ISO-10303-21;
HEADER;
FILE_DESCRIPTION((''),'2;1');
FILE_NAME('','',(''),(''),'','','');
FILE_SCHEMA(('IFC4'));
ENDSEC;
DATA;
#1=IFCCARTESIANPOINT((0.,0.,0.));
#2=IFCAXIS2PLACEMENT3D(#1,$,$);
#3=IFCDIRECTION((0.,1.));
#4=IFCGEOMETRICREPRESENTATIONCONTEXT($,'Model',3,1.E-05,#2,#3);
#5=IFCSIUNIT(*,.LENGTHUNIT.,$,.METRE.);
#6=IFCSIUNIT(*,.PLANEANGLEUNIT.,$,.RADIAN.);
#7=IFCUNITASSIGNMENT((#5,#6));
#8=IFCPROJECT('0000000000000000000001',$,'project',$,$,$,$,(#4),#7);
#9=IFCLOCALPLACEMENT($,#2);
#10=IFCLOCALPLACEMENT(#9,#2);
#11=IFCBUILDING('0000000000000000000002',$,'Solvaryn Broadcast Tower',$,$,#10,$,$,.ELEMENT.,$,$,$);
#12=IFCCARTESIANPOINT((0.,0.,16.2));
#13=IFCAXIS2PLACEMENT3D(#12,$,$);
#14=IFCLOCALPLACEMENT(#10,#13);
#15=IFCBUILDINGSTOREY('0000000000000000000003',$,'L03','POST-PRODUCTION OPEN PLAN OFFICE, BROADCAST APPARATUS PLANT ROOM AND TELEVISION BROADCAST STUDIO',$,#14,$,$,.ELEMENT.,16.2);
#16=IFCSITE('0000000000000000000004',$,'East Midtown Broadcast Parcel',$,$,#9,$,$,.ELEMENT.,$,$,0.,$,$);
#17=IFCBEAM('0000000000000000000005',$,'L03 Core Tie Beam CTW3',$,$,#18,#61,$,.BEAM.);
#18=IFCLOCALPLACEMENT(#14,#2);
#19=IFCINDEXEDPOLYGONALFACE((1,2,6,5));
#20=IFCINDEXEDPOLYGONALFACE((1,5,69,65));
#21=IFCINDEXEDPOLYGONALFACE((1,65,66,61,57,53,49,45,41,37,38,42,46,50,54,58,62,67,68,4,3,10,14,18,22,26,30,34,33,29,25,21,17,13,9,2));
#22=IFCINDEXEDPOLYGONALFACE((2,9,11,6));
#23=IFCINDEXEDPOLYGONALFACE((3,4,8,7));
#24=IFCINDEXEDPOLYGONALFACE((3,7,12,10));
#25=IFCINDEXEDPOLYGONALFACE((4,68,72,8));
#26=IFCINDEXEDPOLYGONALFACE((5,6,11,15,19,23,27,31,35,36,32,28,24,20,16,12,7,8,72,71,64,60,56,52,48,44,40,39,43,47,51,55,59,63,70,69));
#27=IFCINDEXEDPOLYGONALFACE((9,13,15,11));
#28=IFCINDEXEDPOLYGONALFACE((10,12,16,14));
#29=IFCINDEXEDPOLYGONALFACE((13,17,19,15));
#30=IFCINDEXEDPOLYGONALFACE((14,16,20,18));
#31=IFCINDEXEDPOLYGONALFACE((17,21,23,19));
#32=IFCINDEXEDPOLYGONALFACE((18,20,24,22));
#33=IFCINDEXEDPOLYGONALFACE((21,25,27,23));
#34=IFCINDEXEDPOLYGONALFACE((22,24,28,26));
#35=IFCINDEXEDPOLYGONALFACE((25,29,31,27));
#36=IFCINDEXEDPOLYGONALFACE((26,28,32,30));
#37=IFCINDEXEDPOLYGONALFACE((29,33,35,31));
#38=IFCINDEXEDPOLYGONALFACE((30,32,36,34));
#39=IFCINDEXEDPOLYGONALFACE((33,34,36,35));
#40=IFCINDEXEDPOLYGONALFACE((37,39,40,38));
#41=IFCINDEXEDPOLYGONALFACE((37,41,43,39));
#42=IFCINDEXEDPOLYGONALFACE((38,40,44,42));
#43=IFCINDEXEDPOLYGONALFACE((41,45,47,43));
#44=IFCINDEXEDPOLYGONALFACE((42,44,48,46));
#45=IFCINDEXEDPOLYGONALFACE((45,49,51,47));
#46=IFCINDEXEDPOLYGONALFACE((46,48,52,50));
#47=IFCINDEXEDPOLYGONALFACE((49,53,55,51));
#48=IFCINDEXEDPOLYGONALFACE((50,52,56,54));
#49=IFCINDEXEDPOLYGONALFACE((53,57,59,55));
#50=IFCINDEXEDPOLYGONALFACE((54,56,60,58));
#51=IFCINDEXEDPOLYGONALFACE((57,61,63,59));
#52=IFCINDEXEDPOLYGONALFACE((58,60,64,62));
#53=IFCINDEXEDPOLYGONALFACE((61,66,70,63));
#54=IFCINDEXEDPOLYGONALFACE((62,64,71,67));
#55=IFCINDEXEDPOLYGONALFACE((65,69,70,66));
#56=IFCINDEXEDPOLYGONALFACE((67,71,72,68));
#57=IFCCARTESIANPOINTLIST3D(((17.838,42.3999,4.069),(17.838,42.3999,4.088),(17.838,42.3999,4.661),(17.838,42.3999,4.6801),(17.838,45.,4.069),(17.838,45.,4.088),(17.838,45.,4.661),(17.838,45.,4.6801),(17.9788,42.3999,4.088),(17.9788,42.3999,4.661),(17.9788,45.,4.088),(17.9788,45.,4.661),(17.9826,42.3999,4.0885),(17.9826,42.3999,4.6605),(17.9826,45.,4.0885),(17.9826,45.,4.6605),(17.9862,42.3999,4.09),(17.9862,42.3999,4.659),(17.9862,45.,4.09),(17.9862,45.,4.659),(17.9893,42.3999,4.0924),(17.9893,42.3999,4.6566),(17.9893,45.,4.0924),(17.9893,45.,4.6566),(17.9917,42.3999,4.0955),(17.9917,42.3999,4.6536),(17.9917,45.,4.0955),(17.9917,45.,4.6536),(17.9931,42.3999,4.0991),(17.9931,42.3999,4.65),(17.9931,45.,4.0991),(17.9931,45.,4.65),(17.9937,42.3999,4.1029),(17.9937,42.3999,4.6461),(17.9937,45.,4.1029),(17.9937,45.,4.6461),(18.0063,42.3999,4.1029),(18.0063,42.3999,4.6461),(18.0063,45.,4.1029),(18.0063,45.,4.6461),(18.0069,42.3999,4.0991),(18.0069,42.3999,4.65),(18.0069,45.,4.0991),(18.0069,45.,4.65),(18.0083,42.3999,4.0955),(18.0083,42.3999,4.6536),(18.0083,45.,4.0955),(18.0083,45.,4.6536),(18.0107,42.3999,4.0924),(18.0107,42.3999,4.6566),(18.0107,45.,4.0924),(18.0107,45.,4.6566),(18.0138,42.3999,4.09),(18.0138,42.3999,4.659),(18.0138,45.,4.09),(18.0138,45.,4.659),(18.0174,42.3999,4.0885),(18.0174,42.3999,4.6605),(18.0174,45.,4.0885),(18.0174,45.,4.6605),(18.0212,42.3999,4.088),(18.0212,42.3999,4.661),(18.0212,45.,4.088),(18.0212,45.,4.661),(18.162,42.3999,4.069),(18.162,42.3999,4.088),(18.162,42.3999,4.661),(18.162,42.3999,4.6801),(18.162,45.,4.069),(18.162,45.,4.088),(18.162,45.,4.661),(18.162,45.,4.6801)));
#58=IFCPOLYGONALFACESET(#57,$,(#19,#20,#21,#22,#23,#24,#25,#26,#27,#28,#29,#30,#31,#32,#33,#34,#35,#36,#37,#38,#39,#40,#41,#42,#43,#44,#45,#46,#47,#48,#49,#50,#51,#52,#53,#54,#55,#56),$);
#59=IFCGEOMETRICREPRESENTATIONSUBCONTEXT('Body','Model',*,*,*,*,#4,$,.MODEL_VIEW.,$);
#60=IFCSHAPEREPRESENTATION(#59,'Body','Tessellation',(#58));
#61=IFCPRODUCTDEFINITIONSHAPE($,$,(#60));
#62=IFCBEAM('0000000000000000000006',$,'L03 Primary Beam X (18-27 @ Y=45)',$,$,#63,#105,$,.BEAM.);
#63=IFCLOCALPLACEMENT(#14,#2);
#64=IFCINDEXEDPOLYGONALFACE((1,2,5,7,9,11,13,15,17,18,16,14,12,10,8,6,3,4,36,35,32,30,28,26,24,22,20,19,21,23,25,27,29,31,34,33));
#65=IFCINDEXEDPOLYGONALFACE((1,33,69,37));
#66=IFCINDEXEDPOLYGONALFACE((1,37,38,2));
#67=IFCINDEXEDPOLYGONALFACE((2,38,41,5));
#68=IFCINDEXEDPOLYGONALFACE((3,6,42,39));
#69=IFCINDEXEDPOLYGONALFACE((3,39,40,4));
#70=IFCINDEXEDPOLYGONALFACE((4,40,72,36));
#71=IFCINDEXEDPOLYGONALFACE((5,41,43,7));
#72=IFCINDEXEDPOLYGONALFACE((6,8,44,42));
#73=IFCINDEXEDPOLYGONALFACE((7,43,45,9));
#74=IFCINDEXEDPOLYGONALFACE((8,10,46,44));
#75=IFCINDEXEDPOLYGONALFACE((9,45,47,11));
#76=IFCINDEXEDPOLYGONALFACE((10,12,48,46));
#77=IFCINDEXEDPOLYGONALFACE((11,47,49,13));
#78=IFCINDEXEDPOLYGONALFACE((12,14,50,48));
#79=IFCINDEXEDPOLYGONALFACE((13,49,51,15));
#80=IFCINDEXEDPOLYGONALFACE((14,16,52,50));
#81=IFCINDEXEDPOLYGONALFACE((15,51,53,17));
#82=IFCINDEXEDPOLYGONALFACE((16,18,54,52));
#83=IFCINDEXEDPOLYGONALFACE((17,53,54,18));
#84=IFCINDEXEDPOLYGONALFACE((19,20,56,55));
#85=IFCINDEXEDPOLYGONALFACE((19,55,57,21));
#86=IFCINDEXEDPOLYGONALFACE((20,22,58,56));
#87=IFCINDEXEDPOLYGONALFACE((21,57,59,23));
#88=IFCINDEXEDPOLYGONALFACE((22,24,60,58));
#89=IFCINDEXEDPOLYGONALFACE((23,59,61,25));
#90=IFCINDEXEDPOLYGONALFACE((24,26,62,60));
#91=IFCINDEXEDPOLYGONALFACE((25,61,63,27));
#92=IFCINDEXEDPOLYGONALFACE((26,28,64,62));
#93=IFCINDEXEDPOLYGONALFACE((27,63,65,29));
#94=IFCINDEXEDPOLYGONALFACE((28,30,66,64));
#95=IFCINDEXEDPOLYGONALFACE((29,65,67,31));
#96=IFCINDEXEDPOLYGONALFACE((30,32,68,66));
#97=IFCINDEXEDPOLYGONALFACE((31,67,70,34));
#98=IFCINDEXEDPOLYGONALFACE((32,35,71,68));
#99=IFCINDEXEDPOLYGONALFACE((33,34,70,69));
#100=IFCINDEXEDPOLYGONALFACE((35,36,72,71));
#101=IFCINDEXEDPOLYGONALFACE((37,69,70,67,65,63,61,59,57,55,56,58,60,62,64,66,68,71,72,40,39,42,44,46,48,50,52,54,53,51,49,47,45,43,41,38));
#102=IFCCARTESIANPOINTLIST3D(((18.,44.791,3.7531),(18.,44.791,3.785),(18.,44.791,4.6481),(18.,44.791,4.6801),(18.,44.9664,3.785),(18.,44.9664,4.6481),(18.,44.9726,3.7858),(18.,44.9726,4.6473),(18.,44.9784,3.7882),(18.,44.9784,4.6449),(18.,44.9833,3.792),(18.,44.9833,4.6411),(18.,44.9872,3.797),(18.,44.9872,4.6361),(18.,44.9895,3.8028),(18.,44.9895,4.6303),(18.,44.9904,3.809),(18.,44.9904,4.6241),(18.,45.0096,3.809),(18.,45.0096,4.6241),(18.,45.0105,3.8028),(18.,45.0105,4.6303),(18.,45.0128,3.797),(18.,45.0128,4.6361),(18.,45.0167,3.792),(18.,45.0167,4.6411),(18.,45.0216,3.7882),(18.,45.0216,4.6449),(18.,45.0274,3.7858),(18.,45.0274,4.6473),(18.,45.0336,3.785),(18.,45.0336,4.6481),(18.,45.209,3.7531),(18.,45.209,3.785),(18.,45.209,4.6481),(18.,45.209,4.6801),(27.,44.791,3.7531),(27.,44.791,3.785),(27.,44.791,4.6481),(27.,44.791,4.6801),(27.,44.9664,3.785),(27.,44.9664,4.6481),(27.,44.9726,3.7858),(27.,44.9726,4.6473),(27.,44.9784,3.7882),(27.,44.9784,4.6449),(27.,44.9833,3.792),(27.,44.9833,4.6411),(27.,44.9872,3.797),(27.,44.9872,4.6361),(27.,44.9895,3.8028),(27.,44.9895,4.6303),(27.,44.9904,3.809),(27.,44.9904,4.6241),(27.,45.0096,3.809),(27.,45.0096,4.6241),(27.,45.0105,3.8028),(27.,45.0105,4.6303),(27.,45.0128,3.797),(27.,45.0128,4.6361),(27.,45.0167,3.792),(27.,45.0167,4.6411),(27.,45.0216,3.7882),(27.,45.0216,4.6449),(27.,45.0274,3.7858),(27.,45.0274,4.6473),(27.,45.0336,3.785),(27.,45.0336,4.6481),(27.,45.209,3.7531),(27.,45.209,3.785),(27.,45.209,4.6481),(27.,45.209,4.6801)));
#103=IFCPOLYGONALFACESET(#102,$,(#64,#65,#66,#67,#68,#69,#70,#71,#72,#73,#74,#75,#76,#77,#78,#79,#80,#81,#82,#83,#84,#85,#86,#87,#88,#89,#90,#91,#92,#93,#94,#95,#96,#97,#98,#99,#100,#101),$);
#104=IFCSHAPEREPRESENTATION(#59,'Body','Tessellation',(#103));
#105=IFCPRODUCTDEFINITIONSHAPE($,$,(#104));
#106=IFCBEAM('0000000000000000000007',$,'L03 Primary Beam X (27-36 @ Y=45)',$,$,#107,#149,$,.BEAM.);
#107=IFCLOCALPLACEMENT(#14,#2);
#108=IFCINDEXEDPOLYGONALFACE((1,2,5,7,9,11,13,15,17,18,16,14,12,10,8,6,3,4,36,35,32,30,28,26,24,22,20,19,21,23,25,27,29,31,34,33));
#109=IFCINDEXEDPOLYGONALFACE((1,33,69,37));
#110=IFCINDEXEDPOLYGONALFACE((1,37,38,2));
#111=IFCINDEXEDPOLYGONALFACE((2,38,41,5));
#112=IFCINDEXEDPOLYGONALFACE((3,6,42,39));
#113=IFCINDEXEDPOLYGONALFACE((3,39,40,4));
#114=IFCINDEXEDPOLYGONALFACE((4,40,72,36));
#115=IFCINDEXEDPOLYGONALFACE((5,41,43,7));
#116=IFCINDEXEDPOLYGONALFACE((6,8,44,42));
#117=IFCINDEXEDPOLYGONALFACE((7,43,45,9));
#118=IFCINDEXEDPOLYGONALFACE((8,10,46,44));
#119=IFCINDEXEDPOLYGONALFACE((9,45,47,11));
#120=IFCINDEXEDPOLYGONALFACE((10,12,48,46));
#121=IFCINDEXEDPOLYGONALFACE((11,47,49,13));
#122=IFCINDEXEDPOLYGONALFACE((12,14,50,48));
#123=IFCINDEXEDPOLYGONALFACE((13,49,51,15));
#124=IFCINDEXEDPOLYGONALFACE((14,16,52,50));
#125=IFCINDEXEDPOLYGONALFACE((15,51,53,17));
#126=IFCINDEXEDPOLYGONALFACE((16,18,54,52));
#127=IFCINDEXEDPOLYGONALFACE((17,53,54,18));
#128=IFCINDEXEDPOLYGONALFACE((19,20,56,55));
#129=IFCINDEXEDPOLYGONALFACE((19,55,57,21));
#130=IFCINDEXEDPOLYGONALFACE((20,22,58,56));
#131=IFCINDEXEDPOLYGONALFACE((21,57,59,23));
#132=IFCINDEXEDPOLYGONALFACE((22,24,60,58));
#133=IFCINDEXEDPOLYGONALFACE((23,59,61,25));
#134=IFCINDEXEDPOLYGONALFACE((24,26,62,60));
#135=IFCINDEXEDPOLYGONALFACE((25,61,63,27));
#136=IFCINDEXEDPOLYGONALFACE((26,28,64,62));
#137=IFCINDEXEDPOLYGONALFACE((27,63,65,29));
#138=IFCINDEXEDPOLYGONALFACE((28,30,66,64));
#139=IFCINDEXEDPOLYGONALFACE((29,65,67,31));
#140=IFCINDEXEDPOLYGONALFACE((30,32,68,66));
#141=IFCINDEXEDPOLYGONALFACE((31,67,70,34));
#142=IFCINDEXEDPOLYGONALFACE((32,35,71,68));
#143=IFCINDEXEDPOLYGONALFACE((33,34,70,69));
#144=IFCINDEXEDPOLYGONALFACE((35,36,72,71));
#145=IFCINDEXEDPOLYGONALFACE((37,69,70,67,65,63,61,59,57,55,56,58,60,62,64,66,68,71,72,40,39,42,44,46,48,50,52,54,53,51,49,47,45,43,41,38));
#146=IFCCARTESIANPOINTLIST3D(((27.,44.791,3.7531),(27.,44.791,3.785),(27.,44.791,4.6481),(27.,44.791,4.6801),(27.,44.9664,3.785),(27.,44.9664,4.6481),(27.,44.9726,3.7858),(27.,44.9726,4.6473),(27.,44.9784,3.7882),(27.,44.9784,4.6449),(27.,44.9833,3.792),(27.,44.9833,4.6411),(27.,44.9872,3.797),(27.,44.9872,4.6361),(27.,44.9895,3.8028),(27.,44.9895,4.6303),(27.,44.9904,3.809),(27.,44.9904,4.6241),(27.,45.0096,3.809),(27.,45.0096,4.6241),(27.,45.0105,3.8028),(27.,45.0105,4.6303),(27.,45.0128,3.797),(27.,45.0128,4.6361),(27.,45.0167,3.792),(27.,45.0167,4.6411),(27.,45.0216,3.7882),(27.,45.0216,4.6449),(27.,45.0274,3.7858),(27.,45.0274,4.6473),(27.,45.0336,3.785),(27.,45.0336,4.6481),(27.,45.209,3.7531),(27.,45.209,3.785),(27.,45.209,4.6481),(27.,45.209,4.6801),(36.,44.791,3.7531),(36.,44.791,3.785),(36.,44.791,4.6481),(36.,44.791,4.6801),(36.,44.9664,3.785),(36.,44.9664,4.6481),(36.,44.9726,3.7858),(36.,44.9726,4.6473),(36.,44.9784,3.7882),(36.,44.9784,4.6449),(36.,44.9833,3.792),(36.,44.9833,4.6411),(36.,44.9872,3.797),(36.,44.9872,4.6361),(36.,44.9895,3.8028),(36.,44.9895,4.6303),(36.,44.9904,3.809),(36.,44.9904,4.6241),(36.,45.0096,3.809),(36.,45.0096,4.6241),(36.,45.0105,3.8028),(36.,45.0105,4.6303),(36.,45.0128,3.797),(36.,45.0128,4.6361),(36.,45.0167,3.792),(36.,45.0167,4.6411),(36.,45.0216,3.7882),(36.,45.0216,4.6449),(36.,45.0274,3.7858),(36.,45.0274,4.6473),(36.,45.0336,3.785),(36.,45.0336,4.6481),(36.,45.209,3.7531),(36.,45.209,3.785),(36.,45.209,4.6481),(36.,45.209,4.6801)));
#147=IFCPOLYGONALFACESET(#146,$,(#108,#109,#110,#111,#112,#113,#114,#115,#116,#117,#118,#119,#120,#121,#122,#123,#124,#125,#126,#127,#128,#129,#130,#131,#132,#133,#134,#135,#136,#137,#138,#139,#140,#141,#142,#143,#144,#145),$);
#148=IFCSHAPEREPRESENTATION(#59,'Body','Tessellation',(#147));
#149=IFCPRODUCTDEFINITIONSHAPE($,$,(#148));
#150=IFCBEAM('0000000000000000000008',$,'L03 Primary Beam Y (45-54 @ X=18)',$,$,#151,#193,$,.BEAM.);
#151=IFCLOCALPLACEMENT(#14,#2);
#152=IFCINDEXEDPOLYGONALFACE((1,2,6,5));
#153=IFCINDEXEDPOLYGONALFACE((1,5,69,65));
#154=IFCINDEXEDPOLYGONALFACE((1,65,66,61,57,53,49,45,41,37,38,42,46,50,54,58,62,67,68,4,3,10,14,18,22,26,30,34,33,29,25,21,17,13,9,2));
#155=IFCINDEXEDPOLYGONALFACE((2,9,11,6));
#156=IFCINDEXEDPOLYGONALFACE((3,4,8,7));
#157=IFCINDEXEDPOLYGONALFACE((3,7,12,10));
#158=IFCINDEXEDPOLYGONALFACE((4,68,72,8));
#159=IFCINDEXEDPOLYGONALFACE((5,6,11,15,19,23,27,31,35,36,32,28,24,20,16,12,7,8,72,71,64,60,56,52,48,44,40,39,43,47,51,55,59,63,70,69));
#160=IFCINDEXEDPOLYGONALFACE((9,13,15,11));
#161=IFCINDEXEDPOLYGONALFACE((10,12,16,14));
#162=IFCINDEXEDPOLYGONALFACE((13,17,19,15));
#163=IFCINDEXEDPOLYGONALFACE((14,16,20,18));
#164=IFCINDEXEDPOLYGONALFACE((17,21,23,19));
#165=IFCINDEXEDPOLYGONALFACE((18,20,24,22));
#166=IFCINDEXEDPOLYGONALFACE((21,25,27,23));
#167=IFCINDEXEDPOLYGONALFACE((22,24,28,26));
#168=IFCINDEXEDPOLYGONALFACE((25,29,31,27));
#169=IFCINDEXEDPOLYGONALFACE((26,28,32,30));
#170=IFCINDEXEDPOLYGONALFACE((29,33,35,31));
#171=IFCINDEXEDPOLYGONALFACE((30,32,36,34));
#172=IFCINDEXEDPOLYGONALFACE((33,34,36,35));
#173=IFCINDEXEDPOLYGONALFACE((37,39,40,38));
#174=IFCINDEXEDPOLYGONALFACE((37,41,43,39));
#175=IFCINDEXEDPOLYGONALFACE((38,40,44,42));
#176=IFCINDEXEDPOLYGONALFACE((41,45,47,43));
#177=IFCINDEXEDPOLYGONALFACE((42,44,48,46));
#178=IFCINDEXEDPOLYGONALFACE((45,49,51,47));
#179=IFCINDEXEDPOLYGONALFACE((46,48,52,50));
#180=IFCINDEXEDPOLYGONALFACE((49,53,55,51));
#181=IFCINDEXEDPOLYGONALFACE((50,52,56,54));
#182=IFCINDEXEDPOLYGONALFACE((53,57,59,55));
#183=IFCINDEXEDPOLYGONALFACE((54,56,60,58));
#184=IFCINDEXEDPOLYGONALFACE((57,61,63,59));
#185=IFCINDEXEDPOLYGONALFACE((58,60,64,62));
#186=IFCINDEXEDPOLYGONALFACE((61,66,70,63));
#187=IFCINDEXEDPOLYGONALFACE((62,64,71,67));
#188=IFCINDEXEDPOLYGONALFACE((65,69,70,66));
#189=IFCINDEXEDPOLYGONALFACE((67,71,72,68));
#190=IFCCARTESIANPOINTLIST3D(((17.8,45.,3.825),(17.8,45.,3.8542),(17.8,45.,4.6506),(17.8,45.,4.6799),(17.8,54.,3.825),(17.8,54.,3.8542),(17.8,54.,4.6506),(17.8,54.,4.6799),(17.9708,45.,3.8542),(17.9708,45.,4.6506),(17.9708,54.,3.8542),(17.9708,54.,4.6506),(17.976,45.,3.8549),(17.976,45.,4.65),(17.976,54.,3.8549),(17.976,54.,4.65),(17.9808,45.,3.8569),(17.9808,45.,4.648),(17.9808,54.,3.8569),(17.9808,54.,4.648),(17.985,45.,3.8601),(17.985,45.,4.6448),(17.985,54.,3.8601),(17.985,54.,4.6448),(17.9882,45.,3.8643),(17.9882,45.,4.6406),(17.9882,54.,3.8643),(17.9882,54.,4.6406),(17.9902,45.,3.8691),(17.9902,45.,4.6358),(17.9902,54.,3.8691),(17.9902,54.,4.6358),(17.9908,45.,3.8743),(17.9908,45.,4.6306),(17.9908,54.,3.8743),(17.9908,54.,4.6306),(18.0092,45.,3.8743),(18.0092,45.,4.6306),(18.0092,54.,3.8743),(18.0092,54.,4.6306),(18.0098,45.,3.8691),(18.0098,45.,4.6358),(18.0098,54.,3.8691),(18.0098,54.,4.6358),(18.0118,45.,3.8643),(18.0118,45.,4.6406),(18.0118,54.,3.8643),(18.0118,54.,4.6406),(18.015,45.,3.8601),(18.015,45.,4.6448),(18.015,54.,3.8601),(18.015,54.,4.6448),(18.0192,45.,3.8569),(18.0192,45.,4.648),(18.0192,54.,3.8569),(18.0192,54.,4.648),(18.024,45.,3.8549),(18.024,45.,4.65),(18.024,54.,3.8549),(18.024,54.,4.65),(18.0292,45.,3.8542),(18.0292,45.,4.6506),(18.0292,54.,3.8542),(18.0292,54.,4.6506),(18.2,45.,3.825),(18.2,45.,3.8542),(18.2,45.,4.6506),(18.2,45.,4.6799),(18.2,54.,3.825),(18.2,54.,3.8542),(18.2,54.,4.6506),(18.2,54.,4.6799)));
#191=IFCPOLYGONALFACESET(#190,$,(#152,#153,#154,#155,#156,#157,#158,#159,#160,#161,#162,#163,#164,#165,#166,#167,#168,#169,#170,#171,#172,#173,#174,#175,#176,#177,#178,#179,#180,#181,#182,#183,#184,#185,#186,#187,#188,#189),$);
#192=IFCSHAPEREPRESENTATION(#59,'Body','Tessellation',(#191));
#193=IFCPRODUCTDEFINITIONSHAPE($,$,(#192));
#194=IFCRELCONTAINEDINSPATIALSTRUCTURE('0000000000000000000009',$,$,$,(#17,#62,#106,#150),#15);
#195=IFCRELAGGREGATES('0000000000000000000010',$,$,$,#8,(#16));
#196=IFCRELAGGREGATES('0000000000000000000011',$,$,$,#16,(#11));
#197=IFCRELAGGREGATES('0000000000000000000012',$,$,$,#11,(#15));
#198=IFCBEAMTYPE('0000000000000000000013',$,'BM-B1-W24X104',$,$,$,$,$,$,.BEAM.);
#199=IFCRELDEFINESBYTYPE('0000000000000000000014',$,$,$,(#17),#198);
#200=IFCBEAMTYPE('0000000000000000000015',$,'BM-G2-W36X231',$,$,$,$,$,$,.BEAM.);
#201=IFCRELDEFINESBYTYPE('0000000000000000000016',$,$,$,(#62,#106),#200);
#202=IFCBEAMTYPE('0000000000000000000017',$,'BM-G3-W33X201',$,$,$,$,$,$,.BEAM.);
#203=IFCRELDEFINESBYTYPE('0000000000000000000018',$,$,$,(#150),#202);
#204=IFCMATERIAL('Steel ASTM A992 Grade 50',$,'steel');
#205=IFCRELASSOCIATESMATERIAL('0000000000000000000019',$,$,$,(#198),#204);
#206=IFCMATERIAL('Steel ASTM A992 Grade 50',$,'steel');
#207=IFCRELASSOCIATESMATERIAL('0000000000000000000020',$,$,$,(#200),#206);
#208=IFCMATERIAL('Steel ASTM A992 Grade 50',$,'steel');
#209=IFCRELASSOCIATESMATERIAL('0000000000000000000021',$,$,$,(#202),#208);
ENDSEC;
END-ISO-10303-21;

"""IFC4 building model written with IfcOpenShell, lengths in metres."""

from ifc_helpers import new_model, si_unit, direction, frame, origin, origin_2d, place, context, subcontext, project, spatial, i_section, extrude, material, material_profile, profile_set, type_object, element, save


model = new_model("IFC4")

# Units and contexts
model_context = context("Model", 3, precision=1e-05, world=origin(), true_north=direction((0.0, 1.0)))
body_context = subcontext(model_context, "Body", "Model", "MODEL_VIEW")
ifc_project = project(units=[si_unit("LENGTHUNIT", "METRE"), si_unit("PLANEANGLEUNIT", "RADIAN")], contexts=[model_context])

# Site, building, storey
site_placement = place(None, origin())
site = spatial("IfcSite", under=ifc_project, at=site_placement, Name="East Midtown Broadcast Parcel", CompositionType="ELEMENT", RefElevation=0.0)
building_placement = place(site_placement, origin())
building = spatial("IfcBuilding", under=site, at=building_placement, Name="Solvaryn Broadcast Tower", CompositionType="ELEMENT")
storey_placement = place(building_placement, frame((0.0, 0.0, 16.2)))
storey = spatial("IfcBuildingStorey", under=building, at=storey_placement, Name="L03", Description="POST-PRODUCTION OPEN PLAN OFFICE, BROADCAST APPARATUS PLANT ROOM AND TELEVISION BROADCAST STUDIO", CompositionType="ELEMENT", Elevation=16.2)

# Beams
ifc_material_1 = material(Name="Steel ASTM A992 Grade 50", Category="steel")
ifc_material_profile_1 = material_profile(ifc_material_1, i_section(OverallWidth=0.324, OverallDepth=0.6111, WebThickness=0.0127, FlangeThickness=0.019, FilletRadius=0.0149, at=origin_2d()))
ifc_profile_set_1 = profile_set([ifc_material_profile_1], Name="Steel ASTM A992 Grade 50")
beam_type_1 = type_object("IfcBeamType", Name="BM-B1-W24X104", PredefinedType="BEAM", material=ifc_profile_set_1)
beam_placement = place(storey_placement, frame((18.0, 42.3999, 4.3745), z_axis=(0.0, 1.0, 0.0), x_axis=(-1.0, 0.0, 0.0)))
element("IfcBeam", 1, at=beam_placement, inside=storey, type_object=beam_type_1, Name="L03 Core Tie Beam CTW3", PredefinedType="BEAM", context=body_context, shape_type="SweptSolid", body=[
    extrude(i_section(OverallWidth=0.324, OverallDepth=0.6111, WebThickness=0.0127, FlangeThickness=0.019, FilletRadius=0.0149, at=origin_2d()), origin(), (0.0, 0.0, 1.0), 2.6001),
])
ifc_material_2 = material(Name="Steel ASTM A992 Grade 50", Category="steel")
ifc_material_profile_2 = material_profile(ifc_material_2, i_section(OverallWidth=0.418, OverallDepth=0.927, WebThickness=0.0193, FlangeThickness=0.032, FilletRadius=0.0239, at=origin_2d()))
ifc_profile_set_2 = profile_set([ifc_material_profile_2], Name="Steel ASTM A992 Grade 50")
beam_type_2 = type_object("IfcBeamType", Name="BM-G2-W36X231", PredefinedType="BEAM", material=ifc_profile_set_2)
for number, where, z_axis, x_axis, name in (
    (2, (18.0, 45.0, 4.2166), (1.0, 0.0, 0.0), (0.0, 1.0, 0.0), "L03 Primary Beam X (18-27 @ Y=45)"),
    (3, (27.0, 45.0, 4.2166), (1.0, 0.0, 0.0), (0.0, 1.0, 0.0), "L03 Primary Beam X (27-36 @ Y=45)"),
):
    element("IfcBeam", number, at=place(storey_placement, frame(where, z_axis=z_axis, x_axis=x_axis)), inside=storey, type_object=beam_type_2, Name=name, PredefinedType="BEAM", context=body_context, shape_type="SweptSolid", body=[
        extrude(i_section(OverallWidth=0.418, OverallDepth=0.927, WebThickness=0.0193, FlangeThickness=0.032, FilletRadius=0.0239, at=origin_2d()), origin(), (0.0, 0.0, 1.0), 9.0),
    ])
ifc_material_3 = material(Name="Steel ASTM A992 Grade 50", Category="steel")
ifc_material_profile_3 = material_profile(ifc_material_3, i_section(OverallWidth=0.3999, OverallDepth=0.855, WebThickness=0.0183, FlangeThickness=0.0293, FilletRadius=0.02, at=origin_2d()))
ifc_profile_set_3 = profile_set([ifc_material_profile_3], Name="Steel ASTM A992 Grade 50")
beam_type_3 = type_object("IfcBeamType", Name="BM-G3-W33X201", PredefinedType="BEAM", material=ifc_profile_set_3)
for number, where, z_axis, x_axis, name in (
    (4, (18.0, 45.0, 4.2524), (0.0, 1.0, 0.0), (-1.0, 0.0, 0.0), "L03 Primary Beam Y (45-54 @ X=18)"),
):
    element("IfcBeam", number, at=place(storey_placement, frame(where, z_axis=z_axis, x_axis=x_axis)), inside=storey, type_object=beam_type_3, Name=name, PredefinedType="BEAM", context=body_context, shape_type="SweptSolid", body=[
        extrude(i_section(OverallWidth=0.3999, OverallDepth=0.855, WebThickness=0.0183, FlangeThickness=0.0293, FilletRadius=0.02, at=origin_2d()), origin(), (0.0, 0.0, 1.0), 9.0),
    ])

save(model, "model.ifc")
